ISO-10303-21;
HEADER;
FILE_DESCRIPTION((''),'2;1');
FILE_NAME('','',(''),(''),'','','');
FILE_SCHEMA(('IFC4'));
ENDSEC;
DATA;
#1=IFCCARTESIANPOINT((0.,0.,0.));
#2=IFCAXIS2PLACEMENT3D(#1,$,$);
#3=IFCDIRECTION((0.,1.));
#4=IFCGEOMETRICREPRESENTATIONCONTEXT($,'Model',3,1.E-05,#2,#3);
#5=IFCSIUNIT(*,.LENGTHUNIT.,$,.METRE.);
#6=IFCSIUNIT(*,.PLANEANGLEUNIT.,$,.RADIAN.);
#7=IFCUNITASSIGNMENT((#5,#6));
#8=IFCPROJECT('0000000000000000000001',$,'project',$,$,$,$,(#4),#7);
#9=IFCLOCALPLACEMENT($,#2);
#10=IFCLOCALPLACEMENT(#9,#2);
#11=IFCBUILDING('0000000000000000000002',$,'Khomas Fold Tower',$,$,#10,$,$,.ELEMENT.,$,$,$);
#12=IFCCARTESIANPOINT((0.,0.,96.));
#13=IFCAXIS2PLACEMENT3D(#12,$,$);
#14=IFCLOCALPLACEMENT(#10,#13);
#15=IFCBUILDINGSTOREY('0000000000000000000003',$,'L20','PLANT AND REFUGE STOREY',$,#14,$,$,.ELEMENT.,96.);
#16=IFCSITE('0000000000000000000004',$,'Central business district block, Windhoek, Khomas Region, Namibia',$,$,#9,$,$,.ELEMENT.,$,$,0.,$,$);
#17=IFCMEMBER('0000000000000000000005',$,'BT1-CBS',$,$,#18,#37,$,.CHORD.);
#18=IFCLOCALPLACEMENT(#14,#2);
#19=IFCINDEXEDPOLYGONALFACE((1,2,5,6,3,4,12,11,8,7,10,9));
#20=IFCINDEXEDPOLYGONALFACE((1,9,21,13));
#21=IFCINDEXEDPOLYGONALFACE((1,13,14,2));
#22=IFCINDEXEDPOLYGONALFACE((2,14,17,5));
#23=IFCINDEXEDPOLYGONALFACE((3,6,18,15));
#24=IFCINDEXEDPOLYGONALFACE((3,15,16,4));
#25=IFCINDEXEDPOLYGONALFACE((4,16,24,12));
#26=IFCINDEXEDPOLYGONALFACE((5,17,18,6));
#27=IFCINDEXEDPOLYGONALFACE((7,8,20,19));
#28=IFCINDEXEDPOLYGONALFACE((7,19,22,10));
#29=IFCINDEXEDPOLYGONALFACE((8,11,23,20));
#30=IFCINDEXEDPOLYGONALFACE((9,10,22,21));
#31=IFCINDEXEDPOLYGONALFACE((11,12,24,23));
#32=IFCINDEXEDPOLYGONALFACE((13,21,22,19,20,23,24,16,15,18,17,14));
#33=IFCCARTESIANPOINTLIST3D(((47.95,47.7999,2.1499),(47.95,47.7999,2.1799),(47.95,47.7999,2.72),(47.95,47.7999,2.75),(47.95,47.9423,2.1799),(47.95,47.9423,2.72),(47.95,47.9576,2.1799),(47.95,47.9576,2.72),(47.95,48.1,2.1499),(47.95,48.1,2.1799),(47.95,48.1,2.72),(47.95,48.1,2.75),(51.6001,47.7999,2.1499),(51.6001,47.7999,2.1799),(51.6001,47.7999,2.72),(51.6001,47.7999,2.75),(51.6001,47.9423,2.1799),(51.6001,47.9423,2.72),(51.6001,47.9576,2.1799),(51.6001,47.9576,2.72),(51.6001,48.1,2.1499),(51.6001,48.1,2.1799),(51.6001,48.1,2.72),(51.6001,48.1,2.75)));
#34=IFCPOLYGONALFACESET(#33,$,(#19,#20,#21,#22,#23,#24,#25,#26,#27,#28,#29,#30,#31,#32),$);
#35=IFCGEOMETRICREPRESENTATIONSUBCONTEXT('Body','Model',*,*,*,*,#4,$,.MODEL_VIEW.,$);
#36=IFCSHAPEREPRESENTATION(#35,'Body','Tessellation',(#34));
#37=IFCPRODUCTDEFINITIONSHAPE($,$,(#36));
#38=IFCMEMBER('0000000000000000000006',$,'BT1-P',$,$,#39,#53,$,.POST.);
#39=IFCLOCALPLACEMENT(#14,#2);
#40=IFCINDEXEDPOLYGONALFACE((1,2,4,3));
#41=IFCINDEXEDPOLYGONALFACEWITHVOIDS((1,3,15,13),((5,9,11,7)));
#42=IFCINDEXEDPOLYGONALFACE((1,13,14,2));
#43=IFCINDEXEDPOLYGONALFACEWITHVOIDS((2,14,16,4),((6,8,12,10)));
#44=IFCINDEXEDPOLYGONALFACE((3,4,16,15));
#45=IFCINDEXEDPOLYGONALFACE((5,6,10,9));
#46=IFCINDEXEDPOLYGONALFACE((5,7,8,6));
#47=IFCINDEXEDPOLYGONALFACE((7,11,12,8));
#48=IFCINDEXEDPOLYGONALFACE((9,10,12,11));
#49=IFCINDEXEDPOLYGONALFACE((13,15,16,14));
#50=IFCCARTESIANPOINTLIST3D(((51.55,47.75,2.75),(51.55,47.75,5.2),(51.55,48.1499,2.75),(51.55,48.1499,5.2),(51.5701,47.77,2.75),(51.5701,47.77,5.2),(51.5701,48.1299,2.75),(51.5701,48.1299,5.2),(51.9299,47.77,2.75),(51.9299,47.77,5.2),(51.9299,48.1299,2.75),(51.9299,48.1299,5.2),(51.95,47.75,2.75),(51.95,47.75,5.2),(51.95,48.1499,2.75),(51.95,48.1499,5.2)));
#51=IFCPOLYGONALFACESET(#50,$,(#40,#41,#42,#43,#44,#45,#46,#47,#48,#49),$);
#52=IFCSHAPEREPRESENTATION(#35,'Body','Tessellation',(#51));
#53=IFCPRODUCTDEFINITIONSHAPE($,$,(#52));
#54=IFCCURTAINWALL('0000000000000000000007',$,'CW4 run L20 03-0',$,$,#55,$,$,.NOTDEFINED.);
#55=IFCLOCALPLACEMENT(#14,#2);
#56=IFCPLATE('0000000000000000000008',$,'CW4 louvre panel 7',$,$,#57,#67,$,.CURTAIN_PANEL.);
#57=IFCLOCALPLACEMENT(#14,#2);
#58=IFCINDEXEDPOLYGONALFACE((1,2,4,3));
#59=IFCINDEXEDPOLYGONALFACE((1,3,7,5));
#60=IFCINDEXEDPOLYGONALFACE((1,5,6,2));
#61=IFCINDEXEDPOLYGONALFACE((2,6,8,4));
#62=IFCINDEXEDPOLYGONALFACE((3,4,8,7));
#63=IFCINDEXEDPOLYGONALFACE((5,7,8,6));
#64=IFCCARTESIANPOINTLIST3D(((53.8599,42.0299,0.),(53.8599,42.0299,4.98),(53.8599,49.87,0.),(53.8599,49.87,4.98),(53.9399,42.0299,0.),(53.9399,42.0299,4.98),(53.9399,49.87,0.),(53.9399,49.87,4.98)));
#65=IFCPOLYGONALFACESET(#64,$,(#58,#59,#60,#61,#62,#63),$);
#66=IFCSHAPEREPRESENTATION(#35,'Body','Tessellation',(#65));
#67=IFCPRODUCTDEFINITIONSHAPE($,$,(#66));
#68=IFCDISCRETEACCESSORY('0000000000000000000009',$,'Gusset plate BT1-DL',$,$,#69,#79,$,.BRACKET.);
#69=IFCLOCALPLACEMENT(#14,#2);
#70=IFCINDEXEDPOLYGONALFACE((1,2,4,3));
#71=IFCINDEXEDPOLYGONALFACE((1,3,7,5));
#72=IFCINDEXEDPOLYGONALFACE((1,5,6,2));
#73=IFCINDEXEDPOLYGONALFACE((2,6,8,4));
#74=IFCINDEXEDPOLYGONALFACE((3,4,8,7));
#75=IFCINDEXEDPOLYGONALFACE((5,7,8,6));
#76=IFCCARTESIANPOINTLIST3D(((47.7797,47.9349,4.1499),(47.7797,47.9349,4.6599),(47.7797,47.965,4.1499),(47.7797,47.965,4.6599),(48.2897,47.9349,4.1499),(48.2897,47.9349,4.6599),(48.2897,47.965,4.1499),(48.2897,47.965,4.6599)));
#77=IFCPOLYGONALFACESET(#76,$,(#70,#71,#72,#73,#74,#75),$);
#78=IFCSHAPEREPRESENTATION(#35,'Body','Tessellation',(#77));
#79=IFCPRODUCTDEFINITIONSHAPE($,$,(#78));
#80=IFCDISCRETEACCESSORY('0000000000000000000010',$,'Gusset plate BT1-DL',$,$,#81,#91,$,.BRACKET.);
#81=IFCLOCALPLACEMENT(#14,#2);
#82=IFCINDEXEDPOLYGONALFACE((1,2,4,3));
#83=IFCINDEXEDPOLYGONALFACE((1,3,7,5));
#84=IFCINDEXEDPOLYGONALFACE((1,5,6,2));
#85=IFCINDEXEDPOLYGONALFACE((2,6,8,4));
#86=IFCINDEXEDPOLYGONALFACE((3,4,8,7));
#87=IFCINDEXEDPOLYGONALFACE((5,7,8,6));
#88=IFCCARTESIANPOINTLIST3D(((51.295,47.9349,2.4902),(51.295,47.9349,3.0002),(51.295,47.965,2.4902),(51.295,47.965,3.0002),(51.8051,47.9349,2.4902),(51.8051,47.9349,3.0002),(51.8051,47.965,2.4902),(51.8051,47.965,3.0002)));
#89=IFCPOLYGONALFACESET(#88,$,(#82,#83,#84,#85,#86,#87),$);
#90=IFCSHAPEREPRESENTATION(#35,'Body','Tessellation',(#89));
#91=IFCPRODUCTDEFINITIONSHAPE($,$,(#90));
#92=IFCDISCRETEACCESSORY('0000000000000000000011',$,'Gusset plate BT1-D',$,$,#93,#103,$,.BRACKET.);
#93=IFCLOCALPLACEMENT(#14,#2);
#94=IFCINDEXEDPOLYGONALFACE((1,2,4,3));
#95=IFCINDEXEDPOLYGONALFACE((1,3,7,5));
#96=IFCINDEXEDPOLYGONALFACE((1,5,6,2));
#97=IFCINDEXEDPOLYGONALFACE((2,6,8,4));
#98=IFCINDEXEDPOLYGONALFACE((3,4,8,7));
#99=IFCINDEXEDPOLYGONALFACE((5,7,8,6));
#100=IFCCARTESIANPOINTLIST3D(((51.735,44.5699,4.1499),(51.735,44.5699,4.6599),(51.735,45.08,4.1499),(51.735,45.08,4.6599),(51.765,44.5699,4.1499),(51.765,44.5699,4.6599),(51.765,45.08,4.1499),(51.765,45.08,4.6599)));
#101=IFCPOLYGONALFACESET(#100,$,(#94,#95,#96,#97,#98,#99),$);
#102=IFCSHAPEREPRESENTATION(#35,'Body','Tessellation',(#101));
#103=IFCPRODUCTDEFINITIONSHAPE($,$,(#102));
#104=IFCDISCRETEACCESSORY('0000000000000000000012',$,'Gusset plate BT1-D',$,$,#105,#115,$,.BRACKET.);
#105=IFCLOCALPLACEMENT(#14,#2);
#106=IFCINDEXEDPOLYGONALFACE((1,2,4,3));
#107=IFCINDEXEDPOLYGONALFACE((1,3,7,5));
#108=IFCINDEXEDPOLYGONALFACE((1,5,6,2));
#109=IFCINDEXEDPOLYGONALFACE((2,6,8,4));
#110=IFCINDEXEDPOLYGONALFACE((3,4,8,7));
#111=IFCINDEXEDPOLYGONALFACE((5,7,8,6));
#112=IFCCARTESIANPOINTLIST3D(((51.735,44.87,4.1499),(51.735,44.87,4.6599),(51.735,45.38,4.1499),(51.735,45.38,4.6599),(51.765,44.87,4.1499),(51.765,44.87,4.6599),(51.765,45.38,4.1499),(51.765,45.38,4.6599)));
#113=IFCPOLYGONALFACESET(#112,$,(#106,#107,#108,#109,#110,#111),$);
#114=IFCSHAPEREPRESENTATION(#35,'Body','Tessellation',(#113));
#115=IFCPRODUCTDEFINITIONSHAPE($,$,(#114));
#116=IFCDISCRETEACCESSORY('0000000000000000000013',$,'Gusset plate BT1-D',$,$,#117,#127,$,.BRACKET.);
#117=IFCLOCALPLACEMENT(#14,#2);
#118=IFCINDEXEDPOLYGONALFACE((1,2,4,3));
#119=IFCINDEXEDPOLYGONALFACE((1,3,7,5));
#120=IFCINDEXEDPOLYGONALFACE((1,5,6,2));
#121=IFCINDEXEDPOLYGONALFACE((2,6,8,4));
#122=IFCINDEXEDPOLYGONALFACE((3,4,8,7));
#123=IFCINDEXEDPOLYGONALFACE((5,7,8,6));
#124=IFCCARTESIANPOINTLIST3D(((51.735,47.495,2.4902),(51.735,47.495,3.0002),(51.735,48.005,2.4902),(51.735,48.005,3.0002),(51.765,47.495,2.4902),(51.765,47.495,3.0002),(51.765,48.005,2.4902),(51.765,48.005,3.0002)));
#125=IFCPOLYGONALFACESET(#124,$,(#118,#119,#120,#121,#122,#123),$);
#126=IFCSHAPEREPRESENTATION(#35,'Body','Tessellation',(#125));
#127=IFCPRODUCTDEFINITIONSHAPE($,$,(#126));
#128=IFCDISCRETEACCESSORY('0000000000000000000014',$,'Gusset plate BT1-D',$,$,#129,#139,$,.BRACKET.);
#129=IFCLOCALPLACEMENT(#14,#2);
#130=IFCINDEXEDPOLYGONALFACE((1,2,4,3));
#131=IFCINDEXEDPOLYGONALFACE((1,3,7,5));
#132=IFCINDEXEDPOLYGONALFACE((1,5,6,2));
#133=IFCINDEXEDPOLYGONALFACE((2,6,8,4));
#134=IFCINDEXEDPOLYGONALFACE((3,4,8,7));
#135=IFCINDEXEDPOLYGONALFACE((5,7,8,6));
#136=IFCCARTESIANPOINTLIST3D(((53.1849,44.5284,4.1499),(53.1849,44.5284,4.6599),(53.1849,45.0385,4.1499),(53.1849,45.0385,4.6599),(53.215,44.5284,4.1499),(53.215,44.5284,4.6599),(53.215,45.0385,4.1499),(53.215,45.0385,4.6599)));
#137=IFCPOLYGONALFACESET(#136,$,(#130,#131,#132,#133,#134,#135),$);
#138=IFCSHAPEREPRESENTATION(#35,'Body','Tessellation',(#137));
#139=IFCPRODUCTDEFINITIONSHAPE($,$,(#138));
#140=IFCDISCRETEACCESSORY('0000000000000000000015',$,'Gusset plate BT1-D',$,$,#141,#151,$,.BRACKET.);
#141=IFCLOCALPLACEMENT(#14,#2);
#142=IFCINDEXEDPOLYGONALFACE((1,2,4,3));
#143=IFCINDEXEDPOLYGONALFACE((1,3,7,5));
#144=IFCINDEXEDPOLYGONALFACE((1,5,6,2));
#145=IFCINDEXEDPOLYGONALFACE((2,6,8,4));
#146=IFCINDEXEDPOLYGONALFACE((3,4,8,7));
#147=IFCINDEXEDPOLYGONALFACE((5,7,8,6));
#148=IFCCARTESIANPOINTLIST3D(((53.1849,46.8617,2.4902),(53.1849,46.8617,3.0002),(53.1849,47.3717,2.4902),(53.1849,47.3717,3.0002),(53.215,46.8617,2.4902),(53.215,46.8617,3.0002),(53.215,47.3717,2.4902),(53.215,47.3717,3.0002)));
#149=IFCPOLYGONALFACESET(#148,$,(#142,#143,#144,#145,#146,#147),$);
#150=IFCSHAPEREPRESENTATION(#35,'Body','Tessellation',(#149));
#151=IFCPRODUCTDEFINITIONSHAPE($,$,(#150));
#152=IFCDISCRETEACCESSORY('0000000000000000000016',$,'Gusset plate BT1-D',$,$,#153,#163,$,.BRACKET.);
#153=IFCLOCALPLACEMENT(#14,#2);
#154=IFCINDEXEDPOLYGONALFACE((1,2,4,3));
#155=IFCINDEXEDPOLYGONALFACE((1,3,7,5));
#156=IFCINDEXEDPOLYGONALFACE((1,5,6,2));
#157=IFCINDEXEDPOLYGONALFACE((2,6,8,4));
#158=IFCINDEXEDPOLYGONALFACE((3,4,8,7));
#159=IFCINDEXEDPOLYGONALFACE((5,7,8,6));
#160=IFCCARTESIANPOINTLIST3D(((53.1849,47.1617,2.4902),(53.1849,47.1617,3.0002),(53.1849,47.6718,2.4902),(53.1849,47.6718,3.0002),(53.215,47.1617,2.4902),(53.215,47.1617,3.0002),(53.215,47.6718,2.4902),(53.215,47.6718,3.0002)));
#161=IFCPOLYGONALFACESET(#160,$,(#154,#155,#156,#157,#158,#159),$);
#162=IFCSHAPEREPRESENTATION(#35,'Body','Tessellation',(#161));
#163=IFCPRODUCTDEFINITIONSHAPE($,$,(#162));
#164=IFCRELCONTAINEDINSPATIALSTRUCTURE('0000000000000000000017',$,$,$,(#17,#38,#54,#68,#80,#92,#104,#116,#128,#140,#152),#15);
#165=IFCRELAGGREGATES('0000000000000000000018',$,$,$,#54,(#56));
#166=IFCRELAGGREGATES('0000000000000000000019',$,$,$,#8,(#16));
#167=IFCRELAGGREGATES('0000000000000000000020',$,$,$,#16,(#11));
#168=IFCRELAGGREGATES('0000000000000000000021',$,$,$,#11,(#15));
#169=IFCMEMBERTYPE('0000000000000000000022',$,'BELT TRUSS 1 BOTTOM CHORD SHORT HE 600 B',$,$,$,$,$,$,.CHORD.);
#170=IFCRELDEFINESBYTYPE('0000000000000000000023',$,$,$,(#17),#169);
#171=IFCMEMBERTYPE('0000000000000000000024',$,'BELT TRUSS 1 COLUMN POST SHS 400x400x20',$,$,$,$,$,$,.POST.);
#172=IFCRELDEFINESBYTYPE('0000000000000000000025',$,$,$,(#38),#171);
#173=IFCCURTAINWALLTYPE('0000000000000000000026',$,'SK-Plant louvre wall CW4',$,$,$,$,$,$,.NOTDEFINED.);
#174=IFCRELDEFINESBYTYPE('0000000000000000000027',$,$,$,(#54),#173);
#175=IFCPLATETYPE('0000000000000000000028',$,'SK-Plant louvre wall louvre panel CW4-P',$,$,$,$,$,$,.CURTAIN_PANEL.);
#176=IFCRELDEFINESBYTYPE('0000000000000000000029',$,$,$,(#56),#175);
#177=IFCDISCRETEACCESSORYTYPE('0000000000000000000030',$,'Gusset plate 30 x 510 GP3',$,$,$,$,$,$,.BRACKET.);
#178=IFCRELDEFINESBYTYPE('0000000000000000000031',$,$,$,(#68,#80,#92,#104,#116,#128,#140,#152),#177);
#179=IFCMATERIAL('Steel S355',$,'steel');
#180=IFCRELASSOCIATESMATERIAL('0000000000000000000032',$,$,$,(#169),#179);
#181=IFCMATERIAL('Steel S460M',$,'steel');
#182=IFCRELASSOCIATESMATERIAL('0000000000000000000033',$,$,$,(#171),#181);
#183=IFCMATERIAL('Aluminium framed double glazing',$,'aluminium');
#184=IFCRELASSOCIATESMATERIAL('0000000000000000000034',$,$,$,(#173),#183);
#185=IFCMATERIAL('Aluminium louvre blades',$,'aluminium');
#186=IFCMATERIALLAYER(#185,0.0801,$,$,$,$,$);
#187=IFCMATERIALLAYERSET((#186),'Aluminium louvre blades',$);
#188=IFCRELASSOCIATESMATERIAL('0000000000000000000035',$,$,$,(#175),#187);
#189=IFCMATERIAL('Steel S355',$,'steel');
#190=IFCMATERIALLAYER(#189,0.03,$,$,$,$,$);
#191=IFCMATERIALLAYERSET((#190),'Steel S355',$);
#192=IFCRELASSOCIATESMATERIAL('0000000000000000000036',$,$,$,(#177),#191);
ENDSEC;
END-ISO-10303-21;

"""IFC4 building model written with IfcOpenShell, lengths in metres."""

from ifc_helpers import new_model, si_unit, direction, frame, origin, origin_2d, place, context, subcontext, project, spatial, rectangle, hollow_rectangle, i_section, extrude, source, transform, mapped, material, layer, layer_set, material_profile, profile_set, type_object, element, aggregate, save


model = new_model("IFC4")

# Units and contexts
model_context = context("Model", 3, precision=1e-05, world=origin(), true_north=direction((0.0, 1.0)))
body_context = subcontext(model_context, "Body", "Model", "MODEL_VIEW")
ifc_project = project(units=[si_unit("LENGTHUNIT", "METRE"), si_unit("PLANEANGLEUNIT", "RADIAN")], contexts=[model_context])

# Site, building, storey
site_placement = place(None, origin())
site = spatial("IfcSite", under=ifc_project, at=site_placement, Name="Central business district block, Windhoek, Khomas Region, Namibia", CompositionType="ELEMENT", RefElevation=0.0)
building_placement = place(site_placement, origin())
building = spatial("IfcBuilding", under=site, at=building_placement, Name="Khomas Fold Tower", CompositionType="ELEMENT")
storey_placement = place(building_placement, frame((0.0, 0.0, 96.0)))
storey = spatial("IfcBuildingStorey", under=building, at=storey_placement, Name="L20", Description="PLANT AND REFUGE STOREY", CompositionType="ELEMENT", Elevation=96.0)

# Members
ifc_material_1 = material(Name="Steel S355", Category="steel")
ifc_material_profile_1 = material_profile(ifc_material_1, i_section(OverallWidth=0.3, OverallDepth=0.6001, WebThickness=0.0154, FlangeThickness=0.03, at=origin_2d()), Name="HE 600 B")
ifc_profile_set_1 = profile_set([ifc_material_profile_1], Name="Steel S355")
member_type_1 = type_object("IfcMemberType", Name="BELT TRUSS 1 BOTTOM CHORD SHORT HE 600 B", PredefinedType="CHORD", material=ifc_profile_set_1)
shared_shape_1 = source(origin(), body_context, "Body", "SweptSolid", [
    extrude(i_section(OverallWidth=0.3, OverallDepth=0.6001, WebThickness=0.0154, FlangeThickness=0.03, at=origin_2d()), origin(), (0.0, 0.0, 1.0), 3.6501),
])
member_1_placement = place(storey_placement, frame((51.6001, 47.95, 2.45), z_axis=(-1.0, 0.0, 0.0), x_axis=(0.0, -1.0, 0.0)))
element("IfcMember", 1, at=member_1_placement, inside=storey, type_object=member_type_1, Name="BT1-CBS", PredefinedType="CHORD", context=body_context, shape_type="MappedRepresentation", body=[
    mapped(shared_shape_1, transform((0.0, 0.0, 0.0))),
])
ifc_material_2 = material(Name="Steel S460M", Category="steel")
ifc_material_profile_2 = material_profile(ifc_material_2, hollow_rectangle(XDim=0.3999, YDim=0.3999, WallThickness=0.02, at=origin_2d()), Name="SHS 400x400x20")
ifc_profile_set_2 = profile_set([ifc_material_profile_2], Name="Steel S460M")
member_type_2 = type_object("IfcMemberType", Name="BELT TRUSS 1 COLUMN POST SHS 400x400x20", PredefinedType="POST", material=ifc_profile_set_2)
shared_shape_2 = source(origin(), body_context, "Body", "SweptSolid", [
    extrude(hollow_rectangle(XDim=0.3999, YDim=0.3999, WallThickness=0.02, at=origin_2d()), origin(), (0.0, 0.0, 1.0), 2.45),
])
member_2_placement = place(storey_placement, frame((51.75, 47.95, 2.75), z_axis=(0.0, 0.0, 1.0), x_axis=(1.0, 0.0, 0.0)))
element("IfcMember", 2, at=member_2_placement, inside=storey, type_object=member_type_2, Name="BT1-P", PredefinedType="POST", context=body_context, shape_type="MappedRepresentation", body=[
    mapped(shared_shape_2, transform((0.0, 0.0, 0.0))),
])

# Curtain wall, plate
ifc_material_3 = material(Name="Aluminium framed double glazing", Category="aluminium")
curtain_wall_type = type_object("IfcCurtainWallType", Name="SK-Plant louvre wall CW4", PredefinedType="NOTDEFINED", material=ifc_material_3)
curtain_wall_placement = place(storey_placement, origin())
curtain_wall = element("IfcCurtainWall", 3, at=curtain_wall_placement, inside=storey, type_object=curtain_wall_type, Name="CW4 run L20 03-0", PredefinedType="NOTDEFINED")
ifc_material_4 = material(Name="Aluminium louvre blades", Category="aluminium")
ifc_layer_1 = layer(ifc_material_4, 0.0801)
ifc_layer_set_1 = layer_set([ifc_layer_1], Name="Aluminium louvre blades")
plate_type = type_object("IfcPlateType", Name="SK-Plant louvre wall louvre panel CW4-P", PredefinedType="CURTAIN_PANEL", material=ifc_layer_set_1)
shared_shape_3 = source(origin(), body_context, "Body", "SweptSolid", [
    extrude(rectangle(XDim=7.8401, YDim=0.0801, at=origin_2d()), origin(), (0.0, 0.0, 1.0), 4.98),
])
plate_placement = place(storey_placement, frame((53.8999, 45.95, 0.0), z_axis=(0.0, 0.0, 1.0), x_axis=(0.0, 1.0, 0.0)))
plate = element("IfcPlate", 4, at=plate_placement, type_object=plate_type, Name="CW4 louvre panel 7", PredefinedType="CURTAIN_PANEL", context=body_context, shape_type="MappedRepresentation", body=[
    mapped(shared_shape_3, transform((0.0, 0.0, 0.0))),
])
aggregate(curtain_wall, [plate])

# Discrete accessories
ifc_material_5 = material(Name="Steel S355", Category="steel")
ifc_layer_2 = layer(ifc_material_5, 0.03)
ifc_layer_set_2 = layer_set([ifc_layer_2], Name="Steel S355")
discrete_accessory_type = type_object("IfcDiscreteAccessoryType", Name="Gusset plate 30 x 510 GP3", PredefinedType="BRACKET", material=ifc_layer_set_2)
shared_shape_4 = source(origin(), body_context, "Body", "SweptSolid", [
    extrude(rectangle(XDim=0.51, YDim=0.03, at=origin_2d()), origin(), (0.0, 0.0, 1.0), 0.51),
])
for number, where, z_axis, x_axis, name in (
    (5, (48.0347, 47.95, 4.1499), (0.0, 0.0, 1.0), (1.0, 0.0, 0.0), "Gusset plate BT1-DL"),
    (6, (51.55, 47.95, 2.4902), (0.0, 0.0, 1.0), (1.0, 0.0, 0.0), "Gusset plate BT1-DL"),
    (7, (51.75, 44.825, 4.1499), (0.0, 0.0, 1.0), (0.0, 1.0, 0.0), "Gusset plate BT1-D"),
    (8, (51.75, 45.125, 4.1499), (0.0, 0.0, 1.0), (0.0, 1.0, 0.0), "Gusset plate BT1-D"),
    (9, (51.75, 47.75, 2.4902), (0.0, 0.0, 1.0), (0.0, 1.0, 0.0), "Gusset plate BT1-D"),
    (10, (53.2, 44.7834, 4.1499), (0.0, 0.0, 1.0), (0.0, 1.0, 0.0), "Gusset plate BT1-D"),
    (11, (53.2, 47.1167, 2.4902), (0.0, 0.0, 1.0), (0.0, 1.0, 0.0), "Gusset plate BT1-D"),
    (12, (53.2, 47.4167, 2.4902), (0.0, 0.0, 1.0), (0.0, 1.0, 0.0), "Gusset plate BT1-D"),
):
    element("IfcDiscreteAccessory", number, at=place(storey_placement, frame(where, z_axis=z_axis, x_axis=x_axis)), inside=storey, type_object=discrete_accessory_type, Name=name, PredefinedType="BRACKET", context=body_context, shape_type="MappedRepresentation", body=[
        mapped(shared_shape_4, transform((0.0, 0.0, 0.0))),
    ])

save(model, "model.ifc")
